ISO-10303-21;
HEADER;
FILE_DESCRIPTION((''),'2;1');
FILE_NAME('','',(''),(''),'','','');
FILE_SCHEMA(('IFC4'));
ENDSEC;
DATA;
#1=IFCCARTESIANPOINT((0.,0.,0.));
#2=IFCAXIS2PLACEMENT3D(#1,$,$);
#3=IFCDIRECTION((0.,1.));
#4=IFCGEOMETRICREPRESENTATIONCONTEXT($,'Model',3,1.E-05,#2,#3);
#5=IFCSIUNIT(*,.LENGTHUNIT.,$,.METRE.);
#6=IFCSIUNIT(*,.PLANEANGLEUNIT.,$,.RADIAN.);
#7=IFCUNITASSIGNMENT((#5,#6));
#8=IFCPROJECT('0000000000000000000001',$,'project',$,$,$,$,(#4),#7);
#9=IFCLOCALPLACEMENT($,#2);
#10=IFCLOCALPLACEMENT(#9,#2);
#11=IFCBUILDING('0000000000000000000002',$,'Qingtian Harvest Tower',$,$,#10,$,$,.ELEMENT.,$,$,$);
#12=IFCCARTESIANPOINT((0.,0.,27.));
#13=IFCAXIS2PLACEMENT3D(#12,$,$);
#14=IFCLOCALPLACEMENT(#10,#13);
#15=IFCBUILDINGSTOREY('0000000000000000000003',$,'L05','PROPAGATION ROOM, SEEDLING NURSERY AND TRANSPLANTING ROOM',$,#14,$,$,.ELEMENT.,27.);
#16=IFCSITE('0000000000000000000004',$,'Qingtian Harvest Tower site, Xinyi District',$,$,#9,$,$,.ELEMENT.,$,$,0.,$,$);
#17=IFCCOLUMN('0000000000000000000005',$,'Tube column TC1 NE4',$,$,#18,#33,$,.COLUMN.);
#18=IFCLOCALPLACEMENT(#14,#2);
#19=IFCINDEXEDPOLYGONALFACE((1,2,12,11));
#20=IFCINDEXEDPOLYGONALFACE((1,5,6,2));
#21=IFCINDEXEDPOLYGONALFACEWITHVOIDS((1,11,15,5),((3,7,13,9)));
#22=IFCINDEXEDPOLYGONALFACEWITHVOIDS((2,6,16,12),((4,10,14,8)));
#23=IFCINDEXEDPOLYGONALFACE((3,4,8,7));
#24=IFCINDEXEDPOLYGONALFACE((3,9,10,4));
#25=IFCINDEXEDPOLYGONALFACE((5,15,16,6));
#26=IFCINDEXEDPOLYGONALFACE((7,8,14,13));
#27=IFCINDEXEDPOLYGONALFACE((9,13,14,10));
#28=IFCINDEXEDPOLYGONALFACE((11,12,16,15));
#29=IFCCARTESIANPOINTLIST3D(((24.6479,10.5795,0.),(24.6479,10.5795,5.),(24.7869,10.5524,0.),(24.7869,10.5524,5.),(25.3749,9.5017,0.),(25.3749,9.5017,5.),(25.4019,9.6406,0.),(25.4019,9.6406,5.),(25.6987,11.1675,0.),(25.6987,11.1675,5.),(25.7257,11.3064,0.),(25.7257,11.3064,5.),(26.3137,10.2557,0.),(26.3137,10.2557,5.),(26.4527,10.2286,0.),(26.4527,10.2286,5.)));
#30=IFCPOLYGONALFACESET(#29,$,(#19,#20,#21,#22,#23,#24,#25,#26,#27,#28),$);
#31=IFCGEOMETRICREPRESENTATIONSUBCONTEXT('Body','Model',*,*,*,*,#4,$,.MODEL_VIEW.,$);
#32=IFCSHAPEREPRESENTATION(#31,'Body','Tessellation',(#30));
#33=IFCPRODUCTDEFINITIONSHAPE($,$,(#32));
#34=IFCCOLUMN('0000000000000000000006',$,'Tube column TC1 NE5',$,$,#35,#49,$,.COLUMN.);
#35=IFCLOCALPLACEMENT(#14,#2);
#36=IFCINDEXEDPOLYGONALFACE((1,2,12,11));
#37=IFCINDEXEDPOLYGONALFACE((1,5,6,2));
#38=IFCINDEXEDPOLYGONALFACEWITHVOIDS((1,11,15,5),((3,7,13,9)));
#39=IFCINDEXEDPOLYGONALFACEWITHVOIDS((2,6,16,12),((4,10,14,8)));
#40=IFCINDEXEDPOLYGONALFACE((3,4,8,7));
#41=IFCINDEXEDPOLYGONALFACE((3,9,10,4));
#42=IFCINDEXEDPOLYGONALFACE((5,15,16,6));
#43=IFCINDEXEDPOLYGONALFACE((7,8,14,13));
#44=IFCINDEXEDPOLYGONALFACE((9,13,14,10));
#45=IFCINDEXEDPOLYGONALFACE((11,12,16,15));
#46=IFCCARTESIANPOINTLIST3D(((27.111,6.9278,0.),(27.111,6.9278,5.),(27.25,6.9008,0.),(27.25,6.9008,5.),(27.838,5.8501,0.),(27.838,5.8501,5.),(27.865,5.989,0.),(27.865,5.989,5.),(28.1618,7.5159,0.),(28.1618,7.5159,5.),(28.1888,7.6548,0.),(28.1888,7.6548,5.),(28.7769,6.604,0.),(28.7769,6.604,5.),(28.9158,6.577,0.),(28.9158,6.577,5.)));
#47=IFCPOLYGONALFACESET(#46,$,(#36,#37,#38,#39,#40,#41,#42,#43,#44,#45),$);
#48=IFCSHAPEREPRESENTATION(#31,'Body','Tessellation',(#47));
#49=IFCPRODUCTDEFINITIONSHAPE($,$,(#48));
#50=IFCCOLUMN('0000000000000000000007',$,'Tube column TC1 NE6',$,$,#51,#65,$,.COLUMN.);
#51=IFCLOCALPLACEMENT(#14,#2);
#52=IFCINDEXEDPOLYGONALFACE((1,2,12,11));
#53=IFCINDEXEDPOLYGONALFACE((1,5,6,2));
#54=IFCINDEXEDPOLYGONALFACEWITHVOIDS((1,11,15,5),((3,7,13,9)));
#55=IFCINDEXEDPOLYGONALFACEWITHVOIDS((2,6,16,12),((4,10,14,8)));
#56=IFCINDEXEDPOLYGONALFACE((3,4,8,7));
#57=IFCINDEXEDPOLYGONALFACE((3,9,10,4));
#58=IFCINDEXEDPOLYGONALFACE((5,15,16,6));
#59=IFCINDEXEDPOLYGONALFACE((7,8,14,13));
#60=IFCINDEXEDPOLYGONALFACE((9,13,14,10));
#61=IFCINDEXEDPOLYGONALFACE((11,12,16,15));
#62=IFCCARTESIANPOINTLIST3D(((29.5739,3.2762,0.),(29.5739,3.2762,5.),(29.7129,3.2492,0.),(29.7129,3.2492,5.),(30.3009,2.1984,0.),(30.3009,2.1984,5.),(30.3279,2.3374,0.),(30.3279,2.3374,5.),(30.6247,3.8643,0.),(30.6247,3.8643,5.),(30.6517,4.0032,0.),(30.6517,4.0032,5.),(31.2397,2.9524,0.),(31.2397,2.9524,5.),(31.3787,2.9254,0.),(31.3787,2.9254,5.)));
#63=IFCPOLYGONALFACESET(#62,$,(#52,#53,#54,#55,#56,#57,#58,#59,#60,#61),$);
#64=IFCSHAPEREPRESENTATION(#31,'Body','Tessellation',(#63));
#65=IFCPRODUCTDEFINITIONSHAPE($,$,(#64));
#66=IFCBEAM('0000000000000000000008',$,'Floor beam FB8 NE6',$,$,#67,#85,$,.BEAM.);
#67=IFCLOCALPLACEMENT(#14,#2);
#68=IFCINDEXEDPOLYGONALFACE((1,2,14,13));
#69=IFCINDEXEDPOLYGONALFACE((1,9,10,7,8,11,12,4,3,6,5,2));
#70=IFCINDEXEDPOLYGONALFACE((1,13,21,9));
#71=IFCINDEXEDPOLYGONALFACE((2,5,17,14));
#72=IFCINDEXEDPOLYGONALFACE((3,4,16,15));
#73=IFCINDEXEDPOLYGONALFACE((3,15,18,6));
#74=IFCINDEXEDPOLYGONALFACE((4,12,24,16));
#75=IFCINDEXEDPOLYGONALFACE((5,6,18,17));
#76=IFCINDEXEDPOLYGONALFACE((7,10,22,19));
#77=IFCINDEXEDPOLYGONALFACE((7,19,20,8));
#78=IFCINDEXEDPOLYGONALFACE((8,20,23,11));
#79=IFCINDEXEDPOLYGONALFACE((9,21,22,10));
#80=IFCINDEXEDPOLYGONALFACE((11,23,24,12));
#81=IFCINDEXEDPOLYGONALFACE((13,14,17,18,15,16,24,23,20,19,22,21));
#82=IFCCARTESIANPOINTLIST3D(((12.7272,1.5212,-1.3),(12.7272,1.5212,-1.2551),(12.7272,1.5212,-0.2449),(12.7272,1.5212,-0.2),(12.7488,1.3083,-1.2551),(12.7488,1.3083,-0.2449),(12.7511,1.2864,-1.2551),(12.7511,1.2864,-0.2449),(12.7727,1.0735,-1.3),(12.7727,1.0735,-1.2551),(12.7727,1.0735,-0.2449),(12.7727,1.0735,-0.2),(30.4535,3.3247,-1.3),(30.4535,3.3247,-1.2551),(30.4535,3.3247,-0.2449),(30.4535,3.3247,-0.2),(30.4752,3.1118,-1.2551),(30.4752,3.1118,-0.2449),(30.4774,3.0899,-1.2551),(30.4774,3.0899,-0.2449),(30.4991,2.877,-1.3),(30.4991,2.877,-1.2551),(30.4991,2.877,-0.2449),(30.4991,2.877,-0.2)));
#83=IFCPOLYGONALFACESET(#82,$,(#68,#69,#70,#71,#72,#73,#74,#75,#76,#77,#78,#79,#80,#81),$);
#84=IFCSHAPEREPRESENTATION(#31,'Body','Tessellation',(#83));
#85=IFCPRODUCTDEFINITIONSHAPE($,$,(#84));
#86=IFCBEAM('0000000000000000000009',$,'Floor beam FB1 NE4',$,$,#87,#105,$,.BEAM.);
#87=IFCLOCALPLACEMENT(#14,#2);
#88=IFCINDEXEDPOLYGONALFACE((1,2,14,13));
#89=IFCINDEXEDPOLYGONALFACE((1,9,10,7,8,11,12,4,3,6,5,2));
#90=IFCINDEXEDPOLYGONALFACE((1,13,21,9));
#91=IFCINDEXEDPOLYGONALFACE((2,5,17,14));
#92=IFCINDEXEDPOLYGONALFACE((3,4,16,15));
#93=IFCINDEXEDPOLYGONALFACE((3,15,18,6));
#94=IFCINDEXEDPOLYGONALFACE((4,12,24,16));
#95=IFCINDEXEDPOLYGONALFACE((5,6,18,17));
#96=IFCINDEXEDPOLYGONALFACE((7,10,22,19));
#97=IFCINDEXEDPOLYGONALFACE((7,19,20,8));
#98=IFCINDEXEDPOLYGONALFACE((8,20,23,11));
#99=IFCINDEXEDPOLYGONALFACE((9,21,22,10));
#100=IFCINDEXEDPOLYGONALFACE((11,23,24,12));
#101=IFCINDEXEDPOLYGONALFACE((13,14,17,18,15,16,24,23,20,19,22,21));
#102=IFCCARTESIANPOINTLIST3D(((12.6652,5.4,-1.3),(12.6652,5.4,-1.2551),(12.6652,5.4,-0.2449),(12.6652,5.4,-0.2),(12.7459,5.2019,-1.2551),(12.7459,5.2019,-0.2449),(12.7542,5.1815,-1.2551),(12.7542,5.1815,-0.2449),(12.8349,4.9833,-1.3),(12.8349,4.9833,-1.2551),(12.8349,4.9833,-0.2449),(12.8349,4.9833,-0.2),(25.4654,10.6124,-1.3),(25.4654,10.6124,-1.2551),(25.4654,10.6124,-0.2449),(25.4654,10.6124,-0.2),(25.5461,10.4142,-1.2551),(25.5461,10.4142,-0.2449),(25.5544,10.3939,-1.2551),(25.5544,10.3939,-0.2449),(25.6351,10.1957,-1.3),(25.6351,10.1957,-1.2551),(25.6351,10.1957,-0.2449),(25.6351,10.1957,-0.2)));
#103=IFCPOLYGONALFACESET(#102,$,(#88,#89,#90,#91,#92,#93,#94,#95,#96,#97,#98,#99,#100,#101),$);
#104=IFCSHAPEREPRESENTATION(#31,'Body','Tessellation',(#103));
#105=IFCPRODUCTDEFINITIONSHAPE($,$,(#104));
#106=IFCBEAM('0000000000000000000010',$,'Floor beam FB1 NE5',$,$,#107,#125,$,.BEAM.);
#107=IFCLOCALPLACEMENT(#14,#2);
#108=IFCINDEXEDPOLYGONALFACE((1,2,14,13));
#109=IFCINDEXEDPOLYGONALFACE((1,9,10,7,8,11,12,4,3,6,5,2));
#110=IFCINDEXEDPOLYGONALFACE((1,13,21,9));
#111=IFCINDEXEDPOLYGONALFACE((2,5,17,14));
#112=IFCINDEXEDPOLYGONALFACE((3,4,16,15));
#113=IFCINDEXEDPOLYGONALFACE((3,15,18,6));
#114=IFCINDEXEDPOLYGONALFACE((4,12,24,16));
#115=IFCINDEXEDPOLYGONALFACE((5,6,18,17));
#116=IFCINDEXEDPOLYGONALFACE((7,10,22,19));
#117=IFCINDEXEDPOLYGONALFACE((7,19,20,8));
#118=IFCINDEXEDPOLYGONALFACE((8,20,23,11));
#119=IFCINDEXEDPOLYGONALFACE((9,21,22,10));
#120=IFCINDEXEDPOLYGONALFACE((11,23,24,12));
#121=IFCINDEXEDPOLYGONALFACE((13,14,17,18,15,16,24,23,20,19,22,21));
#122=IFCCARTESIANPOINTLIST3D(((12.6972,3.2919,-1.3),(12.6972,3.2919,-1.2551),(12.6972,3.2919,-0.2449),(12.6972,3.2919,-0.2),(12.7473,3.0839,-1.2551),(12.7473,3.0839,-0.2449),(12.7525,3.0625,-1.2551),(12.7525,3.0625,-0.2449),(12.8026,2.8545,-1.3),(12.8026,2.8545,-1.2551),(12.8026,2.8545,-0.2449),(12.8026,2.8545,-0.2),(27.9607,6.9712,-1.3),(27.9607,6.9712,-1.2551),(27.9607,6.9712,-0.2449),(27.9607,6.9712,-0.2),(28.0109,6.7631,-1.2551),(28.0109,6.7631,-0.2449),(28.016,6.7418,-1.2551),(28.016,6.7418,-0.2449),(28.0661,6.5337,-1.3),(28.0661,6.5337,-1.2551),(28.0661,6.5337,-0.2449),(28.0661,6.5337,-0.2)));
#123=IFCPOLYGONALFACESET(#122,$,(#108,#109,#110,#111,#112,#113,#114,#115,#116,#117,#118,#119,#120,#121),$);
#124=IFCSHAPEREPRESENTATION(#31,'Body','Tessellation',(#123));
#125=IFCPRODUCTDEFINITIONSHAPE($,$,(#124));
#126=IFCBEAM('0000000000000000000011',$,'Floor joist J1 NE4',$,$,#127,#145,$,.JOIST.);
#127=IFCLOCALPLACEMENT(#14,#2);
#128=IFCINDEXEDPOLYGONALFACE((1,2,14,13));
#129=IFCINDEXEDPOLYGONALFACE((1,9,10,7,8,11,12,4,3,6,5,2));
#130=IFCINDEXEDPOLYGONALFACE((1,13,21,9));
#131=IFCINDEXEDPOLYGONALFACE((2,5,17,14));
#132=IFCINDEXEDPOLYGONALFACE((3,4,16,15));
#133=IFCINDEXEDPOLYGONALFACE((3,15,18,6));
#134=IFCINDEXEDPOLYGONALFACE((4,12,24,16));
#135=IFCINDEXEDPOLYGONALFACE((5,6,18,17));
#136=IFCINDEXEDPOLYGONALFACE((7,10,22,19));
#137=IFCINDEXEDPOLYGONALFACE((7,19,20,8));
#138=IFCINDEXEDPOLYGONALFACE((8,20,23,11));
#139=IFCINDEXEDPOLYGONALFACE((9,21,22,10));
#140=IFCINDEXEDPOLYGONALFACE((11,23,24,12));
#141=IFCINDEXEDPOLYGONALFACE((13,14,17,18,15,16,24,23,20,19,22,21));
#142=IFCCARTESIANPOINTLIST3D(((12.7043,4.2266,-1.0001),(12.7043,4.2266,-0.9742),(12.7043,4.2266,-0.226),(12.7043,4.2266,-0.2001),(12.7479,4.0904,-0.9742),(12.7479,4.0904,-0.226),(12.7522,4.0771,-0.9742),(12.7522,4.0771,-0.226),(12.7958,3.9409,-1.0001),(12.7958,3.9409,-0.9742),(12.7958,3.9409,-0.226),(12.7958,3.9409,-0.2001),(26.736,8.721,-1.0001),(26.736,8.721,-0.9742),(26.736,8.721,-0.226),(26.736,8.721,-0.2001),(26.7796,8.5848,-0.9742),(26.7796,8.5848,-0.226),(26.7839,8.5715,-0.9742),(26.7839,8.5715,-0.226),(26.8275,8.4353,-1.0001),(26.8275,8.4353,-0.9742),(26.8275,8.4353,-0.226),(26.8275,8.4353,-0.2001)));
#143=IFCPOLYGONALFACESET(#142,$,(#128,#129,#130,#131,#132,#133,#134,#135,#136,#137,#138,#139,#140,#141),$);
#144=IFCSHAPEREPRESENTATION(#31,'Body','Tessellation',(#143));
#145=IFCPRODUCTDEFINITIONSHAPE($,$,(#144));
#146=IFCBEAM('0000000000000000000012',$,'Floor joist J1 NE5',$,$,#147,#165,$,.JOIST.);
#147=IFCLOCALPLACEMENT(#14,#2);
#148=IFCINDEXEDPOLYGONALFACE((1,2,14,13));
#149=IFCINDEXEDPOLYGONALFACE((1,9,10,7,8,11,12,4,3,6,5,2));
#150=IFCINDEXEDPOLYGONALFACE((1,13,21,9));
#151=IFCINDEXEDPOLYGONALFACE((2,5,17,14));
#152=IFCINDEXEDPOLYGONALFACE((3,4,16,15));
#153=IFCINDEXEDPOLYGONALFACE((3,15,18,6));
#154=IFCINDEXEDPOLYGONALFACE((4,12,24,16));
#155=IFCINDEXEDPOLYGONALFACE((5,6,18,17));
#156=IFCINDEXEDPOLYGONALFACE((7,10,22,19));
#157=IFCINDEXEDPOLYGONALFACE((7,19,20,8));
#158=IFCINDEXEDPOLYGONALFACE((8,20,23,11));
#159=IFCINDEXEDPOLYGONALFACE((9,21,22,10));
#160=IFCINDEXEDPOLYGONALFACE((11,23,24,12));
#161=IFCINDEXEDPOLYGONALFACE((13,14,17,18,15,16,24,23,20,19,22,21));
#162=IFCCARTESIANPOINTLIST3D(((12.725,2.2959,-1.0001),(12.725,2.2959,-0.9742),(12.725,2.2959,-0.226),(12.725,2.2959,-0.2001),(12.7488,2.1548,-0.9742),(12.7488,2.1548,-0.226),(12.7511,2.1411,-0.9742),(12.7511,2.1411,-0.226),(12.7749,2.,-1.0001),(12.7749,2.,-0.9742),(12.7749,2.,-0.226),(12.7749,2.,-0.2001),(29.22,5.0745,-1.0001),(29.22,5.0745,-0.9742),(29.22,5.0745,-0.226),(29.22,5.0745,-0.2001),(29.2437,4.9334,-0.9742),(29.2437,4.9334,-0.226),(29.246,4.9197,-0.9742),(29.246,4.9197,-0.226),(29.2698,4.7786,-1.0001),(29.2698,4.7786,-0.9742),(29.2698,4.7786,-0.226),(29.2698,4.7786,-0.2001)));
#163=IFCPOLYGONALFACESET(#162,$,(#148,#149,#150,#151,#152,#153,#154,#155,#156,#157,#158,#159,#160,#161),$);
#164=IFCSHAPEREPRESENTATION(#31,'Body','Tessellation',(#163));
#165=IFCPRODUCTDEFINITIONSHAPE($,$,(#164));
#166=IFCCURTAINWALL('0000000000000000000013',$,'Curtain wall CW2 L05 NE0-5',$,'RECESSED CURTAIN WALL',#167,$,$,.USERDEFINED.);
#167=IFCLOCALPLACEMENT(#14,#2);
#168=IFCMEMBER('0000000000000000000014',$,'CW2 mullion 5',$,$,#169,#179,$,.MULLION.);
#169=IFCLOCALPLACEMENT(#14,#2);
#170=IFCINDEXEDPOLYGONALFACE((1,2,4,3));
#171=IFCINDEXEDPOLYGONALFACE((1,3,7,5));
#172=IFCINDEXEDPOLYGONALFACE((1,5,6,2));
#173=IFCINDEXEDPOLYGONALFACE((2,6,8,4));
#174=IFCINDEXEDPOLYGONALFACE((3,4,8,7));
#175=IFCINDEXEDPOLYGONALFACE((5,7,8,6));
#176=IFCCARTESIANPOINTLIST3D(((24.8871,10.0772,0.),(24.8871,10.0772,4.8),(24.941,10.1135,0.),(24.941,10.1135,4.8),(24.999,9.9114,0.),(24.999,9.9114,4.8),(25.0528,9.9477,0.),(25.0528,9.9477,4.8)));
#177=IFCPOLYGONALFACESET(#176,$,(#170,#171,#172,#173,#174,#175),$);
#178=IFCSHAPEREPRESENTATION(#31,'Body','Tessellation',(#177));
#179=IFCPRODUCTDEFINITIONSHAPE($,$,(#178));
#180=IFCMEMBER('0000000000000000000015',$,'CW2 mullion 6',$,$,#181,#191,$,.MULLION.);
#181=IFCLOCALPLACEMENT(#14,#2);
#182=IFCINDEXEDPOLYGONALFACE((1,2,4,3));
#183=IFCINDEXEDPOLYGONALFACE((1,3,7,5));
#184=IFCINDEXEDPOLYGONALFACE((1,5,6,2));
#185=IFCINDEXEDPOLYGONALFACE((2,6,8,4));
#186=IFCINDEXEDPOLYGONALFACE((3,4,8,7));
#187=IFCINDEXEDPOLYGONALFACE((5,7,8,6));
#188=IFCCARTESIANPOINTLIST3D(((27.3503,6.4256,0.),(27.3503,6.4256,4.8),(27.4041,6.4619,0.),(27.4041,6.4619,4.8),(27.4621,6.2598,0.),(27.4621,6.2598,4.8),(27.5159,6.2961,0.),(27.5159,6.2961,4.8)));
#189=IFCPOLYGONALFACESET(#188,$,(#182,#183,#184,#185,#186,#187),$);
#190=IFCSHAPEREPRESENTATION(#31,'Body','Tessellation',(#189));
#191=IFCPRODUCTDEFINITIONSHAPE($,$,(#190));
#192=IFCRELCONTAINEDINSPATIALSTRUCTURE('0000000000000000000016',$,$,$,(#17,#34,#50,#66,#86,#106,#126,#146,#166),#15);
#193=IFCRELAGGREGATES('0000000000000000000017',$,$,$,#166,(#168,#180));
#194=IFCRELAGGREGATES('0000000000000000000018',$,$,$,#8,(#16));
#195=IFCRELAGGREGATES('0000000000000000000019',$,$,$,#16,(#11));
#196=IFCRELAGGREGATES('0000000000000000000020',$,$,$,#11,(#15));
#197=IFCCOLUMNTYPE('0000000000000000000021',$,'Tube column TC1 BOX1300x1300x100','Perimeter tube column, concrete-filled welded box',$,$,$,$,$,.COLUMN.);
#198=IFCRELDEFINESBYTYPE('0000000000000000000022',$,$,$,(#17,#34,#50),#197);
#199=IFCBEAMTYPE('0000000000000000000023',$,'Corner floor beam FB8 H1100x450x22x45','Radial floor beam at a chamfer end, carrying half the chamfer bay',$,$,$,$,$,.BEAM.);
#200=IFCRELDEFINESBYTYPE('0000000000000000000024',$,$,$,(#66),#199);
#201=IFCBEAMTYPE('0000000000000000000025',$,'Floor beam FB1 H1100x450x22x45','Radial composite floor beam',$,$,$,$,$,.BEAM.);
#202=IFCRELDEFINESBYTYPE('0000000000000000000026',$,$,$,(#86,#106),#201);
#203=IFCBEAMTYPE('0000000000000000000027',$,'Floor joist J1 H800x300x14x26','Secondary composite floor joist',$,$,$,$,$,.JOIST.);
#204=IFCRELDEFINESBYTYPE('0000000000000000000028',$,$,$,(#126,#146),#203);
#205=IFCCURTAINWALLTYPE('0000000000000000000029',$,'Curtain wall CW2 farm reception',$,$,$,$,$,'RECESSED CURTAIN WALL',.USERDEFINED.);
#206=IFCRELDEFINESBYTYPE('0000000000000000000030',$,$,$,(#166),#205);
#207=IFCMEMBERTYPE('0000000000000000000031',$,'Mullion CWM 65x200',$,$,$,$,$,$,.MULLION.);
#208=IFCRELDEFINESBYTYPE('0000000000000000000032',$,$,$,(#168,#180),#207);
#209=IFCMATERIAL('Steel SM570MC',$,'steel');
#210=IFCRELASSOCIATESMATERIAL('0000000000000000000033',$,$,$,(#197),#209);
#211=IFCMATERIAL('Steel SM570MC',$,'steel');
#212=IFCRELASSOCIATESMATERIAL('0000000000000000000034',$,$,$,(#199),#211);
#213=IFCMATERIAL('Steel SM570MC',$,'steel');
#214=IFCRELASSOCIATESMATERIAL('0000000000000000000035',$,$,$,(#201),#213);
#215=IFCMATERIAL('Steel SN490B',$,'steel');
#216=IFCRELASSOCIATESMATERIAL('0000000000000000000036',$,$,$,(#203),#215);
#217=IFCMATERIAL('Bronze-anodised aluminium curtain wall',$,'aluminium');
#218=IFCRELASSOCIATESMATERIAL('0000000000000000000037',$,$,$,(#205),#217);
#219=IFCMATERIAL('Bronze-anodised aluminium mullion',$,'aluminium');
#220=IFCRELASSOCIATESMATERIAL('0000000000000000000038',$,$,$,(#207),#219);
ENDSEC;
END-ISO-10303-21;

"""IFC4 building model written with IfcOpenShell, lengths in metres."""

from ifc_helpers import new_model, si_unit, direction, frame, origin, origin_2d, place, context, subcontext, project, spatial, rectangle, hollow_rectangle, i_section, extrude, material, material_profile, profile_set, type_object, element, aggregate, save


model = new_model("IFC4")

# Units and contexts
model_context = context("Model", 3, precision=1e-05, world=origin(), true_north=direction((0.0, 1.0)))
body_context = subcontext(model_context, "Body", "Model", "MODEL_VIEW")
ifc_project = project(units=[si_unit("LENGTHUNIT", "METRE"), si_unit("PLANEANGLEUNIT", "RADIAN")], contexts=[model_context])

# Site, building, storey
site_placement = place(None, origin())
site = spatial("IfcSite", under=ifc_project, at=site_placement, Name="Qingtian Harvest Tower site, Xinyi District", CompositionType="ELEMENT", RefElevation=0.0)
building_placement = place(site_placement, origin())
building = spatial("IfcBuilding", under=site, at=building_placement, Name="Qingtian Harvest Tower", CompositionType="ELEMENT")
storey_placement = place(building_placement, frame((0.0, 0.0, 27.0)))
storey = spatial("IfcBuildingStorey", under=building, at=storey_placement, Name="L05", Description="PROPAGATION ROOM, SEEDLING NURSERY AND TRANSPLANTING ROOM", CompositionType="ELEMENT", Elevation=27.0)

# Columns
ifc_material_1 = material(Name="Steel SM570MC", Category="steel")
ifc_material_profile_1 = material_profile(ifc_material_1, hollow_rectangle(XDim=1.3, YDim=1.3, WallThickness=0.1001, at=origin_2d()), Name="BOX1300x1300x100")
ifc_profile_set_1 = profile_set([ifc_material_profile_1], Name="Steel SM570MC")
column_type = type_object("IfcColumnType", Name="Tube column TC1 BOX1300x1300x100", Description="Perimeter tube column, concrete-filled welded box", PredefinedType="COLUMN", material=ifc_profile_set_1)
for number, where, z_axis, x_axis, name in (
    (1, (25.5503, 10.4041, 0.0), (0.0, 0.0, 1.0), (-0.559193, 0.829038, 0.0), "Tube column TC1 NE4"),
    (2, (28.0134, 6.7524, 0.0), (0.0, 0.0, 1.0), (-0.559193, 0.829038, 0.0), "Tube column TC1 NE5"),
    (3, (30.4763, 3.1008, 0.0), (0.0, 0.0, 1.0), (-0.559193, 0.829038, 0.0), "Tube column TC1 NE6"),
):
    element("IfcColumn", number, at=place(storey_placement, frame(where, z_axis=z_axis, x_axis=x_axis)), inside=storey, type_object=column_type, Name=name, PredefinedType="COLUMN", context=body_context, shape_type="SweptSolid", body=[
        extrude(hollow_rectangle(XDim=1.3, YDim=1.3, WallThickness=0.1001, at=origin_2d()), origin(), (0.0, 0.0, 1.0), 5.0),
    ])

# Beams
ifc_material_2 = material(Name="Steel SM570MC", Category="steel")
ifc_material_profile_2 = material_profile(ifc_material_2, i_section(OverallWidth=0.45, OverallDepth=1.1001, WebThickness=0.022, FlangeThickness=0.0449, at=origin_2d()), Name="H1100x450x22x45")
ifc_profile_set_2 = profile_set([ifc_material_profile_2], Name="Steel SM570MC")
beam_type_1 = type_object("IfcBeamType", Name="Corner floor beam FB8 H1100x450x22x45", Description="Radial floor beam at a chamfer end, carrying half the chamfer bay", PredefinedType="BEAM", material=ifc_profile_set_2)
beam_1_placement = place(storey_placement, frame((30.4763, 3.1008, -0.75), z_axis=(-0.994864, -0.101217, 0.0), x_axis=(0.101217, -0.994864, 0.0)))
element("IfcBeam", 4, at=beam_1_placement, inside=storey, type_object=beam_type_1, Name="Floor beam FB8 NE6", PredefinedType="BEAM", context=body_context, shape_type="SweptSolid", body=[
    extrude(i_section(OverallWidth=0.45, OverallDepth=1.1001, WebThickness=0.022, FlangeThickness=0.0449, at=origin_2d()), origin(), (0.0, 0.0, 1.0), 17.8179),
])
ifc_material_3 = material(Name="Steel SM570MC", Category="steel")
ifc_material_profile_3 = material_profile(ifc_material_3, i_section(OverallWidth=0.45, OverallDepth=1.1001, WebThickness=0.022, FlangeThickness=0.0449, at=origin_2d()), Name="H1100x450x22x45")
ifc_profile_set_3 = profile_set([ifc_material_profile_3], Name="Steel SM570MC")
beam_type_2 = type_object("IfcBeamType", Name="Floor beam FB1 H1100x450x22x45", Description="Radial composite floor beam", PredefinedType="BEAM", material=ifc_profile_set_3)
beam_2_placement = place(storey_placement, frame((25.5503, 10.4041, -0.75), z_axis=(-0.926156, -0.37714, 0.0), x_axis=(0.37714, -0.926156, 0.0)))
element("IfcBeam", 5, at=beam_2_placement, inside=storey, type_object=beam_type_2, Name="Floor beam FB1 NE4", PredefinedType="BEAM", context=body_context, shape_type="SweptSolid", body=[
    extrude(i_section(OverallWidth=0.45, OverallDepth=1.1001, WebThickness=0.022, FlangeThickness=0.0449, at=origin_2d()), origin(), (0.0, 0.0, 1.0), 13.8208),
])
beam_3_placement = place(storey_placement, frame((28.0134, 6.7524, -0.75), z_axis=(-0.972156, -0.234335, 0.0), x_axis=(0.234335, -0.972156, 0.0)))
element("IfcBeam", 6, at=beam_3_placement, inside=storey, type_object=beam_type_2, Name="Floor beam FB1 NE5", PredefinedType="BEAM", context=body_context, shape_type="SweptSolid", body=[
    extrude(i_section(OverallWidth=0.45, OverallDepth=1.1001, WebThickness=0.022, FlangeThickness=0.0449, at=origin_2d()), origin(), (0.0, 0.0, 1.0), 15.7007),
])
ifc_material_4 = material(Name="Steel SN490B", Category="steel")
ifc_material_profile_4 = material_profile(ifc_material_4, i_section(OverallWidth=0.3, OverallDepth=0.8, WebThickness=0.0139, FlangeThickness=0.0259, at=origin_2d()), Name="H800x300x14x26")
ifc_profile_set_4 = profile_set([ifc_material_profile_4], Name="Steel SN490B")
beam_type_3 = type_object("IfcBeamType", Name="Floor joist J1 H800x300x14x26", Description="Secondary composite floor joist", PredefinedType="JOIST", material=ifc_profile_set_4)
beam_4_placement = place(storey_placement, frame((26.7817, 8.5781, -0.6001), z_axis=(-0.952341, -0.305036, 0.0), x_axis=(0.305036, -0.952341, 0.0)))
element("IfcBeam", 7, at=beam_4_placement, inside=storey, type_object=beam_type_3, Name="Floor joist J1 NE4", PredefinedType="JOIST", context=body_context, shape_type="SweptSolid", body=[
    extrude(i_section(OverallWidth=0.3, OverallDepth=0.8, WebThickness=0.0139, FlangeThickness=0.0259, at=origin_2d()), origin(), (0.0, 0.0, 1.0), 14.7339),
])
beam_5_placement = place(storey_placement, frame((29.2449, 4.9265, -0.6001), z_axis=(-0.986107, -0.16611, 0.0), x_axis=(0.16611, -0.986107, 0.0)))
element("IfcBeam", 8, at=beam_5_placement, inside=storey, type_object=beam_type_3, Name="Floor joist J1 NE5", PredefinedType="JOIST", context=body_context, shape_type="SweptSolid", body=[
    extrude(i_section(OverallWidth=0.3, OverallDepth=0.8, WebThickness=0.0139, FlangeThickness=0.0259, at=origin_2d()), origin(), (0.0, 0.0, 1.0), 16.7273),
])

# Curtain wall, members
ifc_material_5 = material(Name="Bronze-anodised aluminium curtain wall", Category="aluminium")
curtain_wall_type = type_object("IfcCurtainWallType", Name="Curtain wall CW2 farm reception", ElementType="RECESSED CURTAIN WALL", PredefinedType="USERDEFINED", material=ifc_material_5)
curtain_wall_1_placement = place(storey_placement, origin())
curtain_wall_1 = element("IfcCurtainWall", 9, at=curtain_wall_1_placement, inside=storey, type_object=curtain_wall_type, Name="Curtain wall CW2 L05 NE0-5", ObjectType="RECESSED CURTAIN WALL", PredefinedType="USERDEFINED")
ifc_material_6 = material(Name="Bronze-anodised aluminium mullion", Category="aluminium")
ifc_material_profile_5 = material_profile(ifc_material_6, rectangle(XDim=0.0649, YDim=0.2, at=origin_2d()), Name="AL 65x200")
ifc_profile_set_5 = profile_set([ifc_material_profile_5], Name="Bronze-anodised aluminium mullion")
member_type_1 = type_object("IfcMemberType", Name="Mullion CWM 65x200", PredefinedType="MULLION", material=ifc_profile_set_5)
member_1_placement = place(storey_placement, frame((24.97, 10.0125, 0.0), z_axis=(0.0, 0.0, 1.0), x_axis=(0.829038, 0.559193, 0.0)))
member_1 = element("IfcMember", 10, at=member_1_placement, type_object=member_type_1, Name="CW2 mullion 5", PredefinedType="MULLION", context=body_context, shape_type="SweptSolid", body=[
    extrude(rectangle(XDim=0.0649, YDim=0.2, at=origin_2d()), origin(), (0.0, 0.0, 1.0), 4.8),
])
member_2_placement = place(storey_placement, frame((27.4331, 6.3608, 0.0), z_axis=(0.0, 0.0, 1.0), x_axis=(0.829038, 0.559193, 0.0)))
member_2 = element("IfcMember", 11, at=member_2_placement, type_object=member_type_1, Name="CW2 mullion 6", PredefinedType="MULLION", context=body_context, shape_type="SweptSolid", body=[
    extrude(rectangle(XDim=0.0649, YDim=0.2, at=origin_2d()), origin(), (0.0, 0.0, 1.0), 4.8),
])

aggregate(curtain_wall_1, [member_1, member_2])

save(model, "model.ifc")
